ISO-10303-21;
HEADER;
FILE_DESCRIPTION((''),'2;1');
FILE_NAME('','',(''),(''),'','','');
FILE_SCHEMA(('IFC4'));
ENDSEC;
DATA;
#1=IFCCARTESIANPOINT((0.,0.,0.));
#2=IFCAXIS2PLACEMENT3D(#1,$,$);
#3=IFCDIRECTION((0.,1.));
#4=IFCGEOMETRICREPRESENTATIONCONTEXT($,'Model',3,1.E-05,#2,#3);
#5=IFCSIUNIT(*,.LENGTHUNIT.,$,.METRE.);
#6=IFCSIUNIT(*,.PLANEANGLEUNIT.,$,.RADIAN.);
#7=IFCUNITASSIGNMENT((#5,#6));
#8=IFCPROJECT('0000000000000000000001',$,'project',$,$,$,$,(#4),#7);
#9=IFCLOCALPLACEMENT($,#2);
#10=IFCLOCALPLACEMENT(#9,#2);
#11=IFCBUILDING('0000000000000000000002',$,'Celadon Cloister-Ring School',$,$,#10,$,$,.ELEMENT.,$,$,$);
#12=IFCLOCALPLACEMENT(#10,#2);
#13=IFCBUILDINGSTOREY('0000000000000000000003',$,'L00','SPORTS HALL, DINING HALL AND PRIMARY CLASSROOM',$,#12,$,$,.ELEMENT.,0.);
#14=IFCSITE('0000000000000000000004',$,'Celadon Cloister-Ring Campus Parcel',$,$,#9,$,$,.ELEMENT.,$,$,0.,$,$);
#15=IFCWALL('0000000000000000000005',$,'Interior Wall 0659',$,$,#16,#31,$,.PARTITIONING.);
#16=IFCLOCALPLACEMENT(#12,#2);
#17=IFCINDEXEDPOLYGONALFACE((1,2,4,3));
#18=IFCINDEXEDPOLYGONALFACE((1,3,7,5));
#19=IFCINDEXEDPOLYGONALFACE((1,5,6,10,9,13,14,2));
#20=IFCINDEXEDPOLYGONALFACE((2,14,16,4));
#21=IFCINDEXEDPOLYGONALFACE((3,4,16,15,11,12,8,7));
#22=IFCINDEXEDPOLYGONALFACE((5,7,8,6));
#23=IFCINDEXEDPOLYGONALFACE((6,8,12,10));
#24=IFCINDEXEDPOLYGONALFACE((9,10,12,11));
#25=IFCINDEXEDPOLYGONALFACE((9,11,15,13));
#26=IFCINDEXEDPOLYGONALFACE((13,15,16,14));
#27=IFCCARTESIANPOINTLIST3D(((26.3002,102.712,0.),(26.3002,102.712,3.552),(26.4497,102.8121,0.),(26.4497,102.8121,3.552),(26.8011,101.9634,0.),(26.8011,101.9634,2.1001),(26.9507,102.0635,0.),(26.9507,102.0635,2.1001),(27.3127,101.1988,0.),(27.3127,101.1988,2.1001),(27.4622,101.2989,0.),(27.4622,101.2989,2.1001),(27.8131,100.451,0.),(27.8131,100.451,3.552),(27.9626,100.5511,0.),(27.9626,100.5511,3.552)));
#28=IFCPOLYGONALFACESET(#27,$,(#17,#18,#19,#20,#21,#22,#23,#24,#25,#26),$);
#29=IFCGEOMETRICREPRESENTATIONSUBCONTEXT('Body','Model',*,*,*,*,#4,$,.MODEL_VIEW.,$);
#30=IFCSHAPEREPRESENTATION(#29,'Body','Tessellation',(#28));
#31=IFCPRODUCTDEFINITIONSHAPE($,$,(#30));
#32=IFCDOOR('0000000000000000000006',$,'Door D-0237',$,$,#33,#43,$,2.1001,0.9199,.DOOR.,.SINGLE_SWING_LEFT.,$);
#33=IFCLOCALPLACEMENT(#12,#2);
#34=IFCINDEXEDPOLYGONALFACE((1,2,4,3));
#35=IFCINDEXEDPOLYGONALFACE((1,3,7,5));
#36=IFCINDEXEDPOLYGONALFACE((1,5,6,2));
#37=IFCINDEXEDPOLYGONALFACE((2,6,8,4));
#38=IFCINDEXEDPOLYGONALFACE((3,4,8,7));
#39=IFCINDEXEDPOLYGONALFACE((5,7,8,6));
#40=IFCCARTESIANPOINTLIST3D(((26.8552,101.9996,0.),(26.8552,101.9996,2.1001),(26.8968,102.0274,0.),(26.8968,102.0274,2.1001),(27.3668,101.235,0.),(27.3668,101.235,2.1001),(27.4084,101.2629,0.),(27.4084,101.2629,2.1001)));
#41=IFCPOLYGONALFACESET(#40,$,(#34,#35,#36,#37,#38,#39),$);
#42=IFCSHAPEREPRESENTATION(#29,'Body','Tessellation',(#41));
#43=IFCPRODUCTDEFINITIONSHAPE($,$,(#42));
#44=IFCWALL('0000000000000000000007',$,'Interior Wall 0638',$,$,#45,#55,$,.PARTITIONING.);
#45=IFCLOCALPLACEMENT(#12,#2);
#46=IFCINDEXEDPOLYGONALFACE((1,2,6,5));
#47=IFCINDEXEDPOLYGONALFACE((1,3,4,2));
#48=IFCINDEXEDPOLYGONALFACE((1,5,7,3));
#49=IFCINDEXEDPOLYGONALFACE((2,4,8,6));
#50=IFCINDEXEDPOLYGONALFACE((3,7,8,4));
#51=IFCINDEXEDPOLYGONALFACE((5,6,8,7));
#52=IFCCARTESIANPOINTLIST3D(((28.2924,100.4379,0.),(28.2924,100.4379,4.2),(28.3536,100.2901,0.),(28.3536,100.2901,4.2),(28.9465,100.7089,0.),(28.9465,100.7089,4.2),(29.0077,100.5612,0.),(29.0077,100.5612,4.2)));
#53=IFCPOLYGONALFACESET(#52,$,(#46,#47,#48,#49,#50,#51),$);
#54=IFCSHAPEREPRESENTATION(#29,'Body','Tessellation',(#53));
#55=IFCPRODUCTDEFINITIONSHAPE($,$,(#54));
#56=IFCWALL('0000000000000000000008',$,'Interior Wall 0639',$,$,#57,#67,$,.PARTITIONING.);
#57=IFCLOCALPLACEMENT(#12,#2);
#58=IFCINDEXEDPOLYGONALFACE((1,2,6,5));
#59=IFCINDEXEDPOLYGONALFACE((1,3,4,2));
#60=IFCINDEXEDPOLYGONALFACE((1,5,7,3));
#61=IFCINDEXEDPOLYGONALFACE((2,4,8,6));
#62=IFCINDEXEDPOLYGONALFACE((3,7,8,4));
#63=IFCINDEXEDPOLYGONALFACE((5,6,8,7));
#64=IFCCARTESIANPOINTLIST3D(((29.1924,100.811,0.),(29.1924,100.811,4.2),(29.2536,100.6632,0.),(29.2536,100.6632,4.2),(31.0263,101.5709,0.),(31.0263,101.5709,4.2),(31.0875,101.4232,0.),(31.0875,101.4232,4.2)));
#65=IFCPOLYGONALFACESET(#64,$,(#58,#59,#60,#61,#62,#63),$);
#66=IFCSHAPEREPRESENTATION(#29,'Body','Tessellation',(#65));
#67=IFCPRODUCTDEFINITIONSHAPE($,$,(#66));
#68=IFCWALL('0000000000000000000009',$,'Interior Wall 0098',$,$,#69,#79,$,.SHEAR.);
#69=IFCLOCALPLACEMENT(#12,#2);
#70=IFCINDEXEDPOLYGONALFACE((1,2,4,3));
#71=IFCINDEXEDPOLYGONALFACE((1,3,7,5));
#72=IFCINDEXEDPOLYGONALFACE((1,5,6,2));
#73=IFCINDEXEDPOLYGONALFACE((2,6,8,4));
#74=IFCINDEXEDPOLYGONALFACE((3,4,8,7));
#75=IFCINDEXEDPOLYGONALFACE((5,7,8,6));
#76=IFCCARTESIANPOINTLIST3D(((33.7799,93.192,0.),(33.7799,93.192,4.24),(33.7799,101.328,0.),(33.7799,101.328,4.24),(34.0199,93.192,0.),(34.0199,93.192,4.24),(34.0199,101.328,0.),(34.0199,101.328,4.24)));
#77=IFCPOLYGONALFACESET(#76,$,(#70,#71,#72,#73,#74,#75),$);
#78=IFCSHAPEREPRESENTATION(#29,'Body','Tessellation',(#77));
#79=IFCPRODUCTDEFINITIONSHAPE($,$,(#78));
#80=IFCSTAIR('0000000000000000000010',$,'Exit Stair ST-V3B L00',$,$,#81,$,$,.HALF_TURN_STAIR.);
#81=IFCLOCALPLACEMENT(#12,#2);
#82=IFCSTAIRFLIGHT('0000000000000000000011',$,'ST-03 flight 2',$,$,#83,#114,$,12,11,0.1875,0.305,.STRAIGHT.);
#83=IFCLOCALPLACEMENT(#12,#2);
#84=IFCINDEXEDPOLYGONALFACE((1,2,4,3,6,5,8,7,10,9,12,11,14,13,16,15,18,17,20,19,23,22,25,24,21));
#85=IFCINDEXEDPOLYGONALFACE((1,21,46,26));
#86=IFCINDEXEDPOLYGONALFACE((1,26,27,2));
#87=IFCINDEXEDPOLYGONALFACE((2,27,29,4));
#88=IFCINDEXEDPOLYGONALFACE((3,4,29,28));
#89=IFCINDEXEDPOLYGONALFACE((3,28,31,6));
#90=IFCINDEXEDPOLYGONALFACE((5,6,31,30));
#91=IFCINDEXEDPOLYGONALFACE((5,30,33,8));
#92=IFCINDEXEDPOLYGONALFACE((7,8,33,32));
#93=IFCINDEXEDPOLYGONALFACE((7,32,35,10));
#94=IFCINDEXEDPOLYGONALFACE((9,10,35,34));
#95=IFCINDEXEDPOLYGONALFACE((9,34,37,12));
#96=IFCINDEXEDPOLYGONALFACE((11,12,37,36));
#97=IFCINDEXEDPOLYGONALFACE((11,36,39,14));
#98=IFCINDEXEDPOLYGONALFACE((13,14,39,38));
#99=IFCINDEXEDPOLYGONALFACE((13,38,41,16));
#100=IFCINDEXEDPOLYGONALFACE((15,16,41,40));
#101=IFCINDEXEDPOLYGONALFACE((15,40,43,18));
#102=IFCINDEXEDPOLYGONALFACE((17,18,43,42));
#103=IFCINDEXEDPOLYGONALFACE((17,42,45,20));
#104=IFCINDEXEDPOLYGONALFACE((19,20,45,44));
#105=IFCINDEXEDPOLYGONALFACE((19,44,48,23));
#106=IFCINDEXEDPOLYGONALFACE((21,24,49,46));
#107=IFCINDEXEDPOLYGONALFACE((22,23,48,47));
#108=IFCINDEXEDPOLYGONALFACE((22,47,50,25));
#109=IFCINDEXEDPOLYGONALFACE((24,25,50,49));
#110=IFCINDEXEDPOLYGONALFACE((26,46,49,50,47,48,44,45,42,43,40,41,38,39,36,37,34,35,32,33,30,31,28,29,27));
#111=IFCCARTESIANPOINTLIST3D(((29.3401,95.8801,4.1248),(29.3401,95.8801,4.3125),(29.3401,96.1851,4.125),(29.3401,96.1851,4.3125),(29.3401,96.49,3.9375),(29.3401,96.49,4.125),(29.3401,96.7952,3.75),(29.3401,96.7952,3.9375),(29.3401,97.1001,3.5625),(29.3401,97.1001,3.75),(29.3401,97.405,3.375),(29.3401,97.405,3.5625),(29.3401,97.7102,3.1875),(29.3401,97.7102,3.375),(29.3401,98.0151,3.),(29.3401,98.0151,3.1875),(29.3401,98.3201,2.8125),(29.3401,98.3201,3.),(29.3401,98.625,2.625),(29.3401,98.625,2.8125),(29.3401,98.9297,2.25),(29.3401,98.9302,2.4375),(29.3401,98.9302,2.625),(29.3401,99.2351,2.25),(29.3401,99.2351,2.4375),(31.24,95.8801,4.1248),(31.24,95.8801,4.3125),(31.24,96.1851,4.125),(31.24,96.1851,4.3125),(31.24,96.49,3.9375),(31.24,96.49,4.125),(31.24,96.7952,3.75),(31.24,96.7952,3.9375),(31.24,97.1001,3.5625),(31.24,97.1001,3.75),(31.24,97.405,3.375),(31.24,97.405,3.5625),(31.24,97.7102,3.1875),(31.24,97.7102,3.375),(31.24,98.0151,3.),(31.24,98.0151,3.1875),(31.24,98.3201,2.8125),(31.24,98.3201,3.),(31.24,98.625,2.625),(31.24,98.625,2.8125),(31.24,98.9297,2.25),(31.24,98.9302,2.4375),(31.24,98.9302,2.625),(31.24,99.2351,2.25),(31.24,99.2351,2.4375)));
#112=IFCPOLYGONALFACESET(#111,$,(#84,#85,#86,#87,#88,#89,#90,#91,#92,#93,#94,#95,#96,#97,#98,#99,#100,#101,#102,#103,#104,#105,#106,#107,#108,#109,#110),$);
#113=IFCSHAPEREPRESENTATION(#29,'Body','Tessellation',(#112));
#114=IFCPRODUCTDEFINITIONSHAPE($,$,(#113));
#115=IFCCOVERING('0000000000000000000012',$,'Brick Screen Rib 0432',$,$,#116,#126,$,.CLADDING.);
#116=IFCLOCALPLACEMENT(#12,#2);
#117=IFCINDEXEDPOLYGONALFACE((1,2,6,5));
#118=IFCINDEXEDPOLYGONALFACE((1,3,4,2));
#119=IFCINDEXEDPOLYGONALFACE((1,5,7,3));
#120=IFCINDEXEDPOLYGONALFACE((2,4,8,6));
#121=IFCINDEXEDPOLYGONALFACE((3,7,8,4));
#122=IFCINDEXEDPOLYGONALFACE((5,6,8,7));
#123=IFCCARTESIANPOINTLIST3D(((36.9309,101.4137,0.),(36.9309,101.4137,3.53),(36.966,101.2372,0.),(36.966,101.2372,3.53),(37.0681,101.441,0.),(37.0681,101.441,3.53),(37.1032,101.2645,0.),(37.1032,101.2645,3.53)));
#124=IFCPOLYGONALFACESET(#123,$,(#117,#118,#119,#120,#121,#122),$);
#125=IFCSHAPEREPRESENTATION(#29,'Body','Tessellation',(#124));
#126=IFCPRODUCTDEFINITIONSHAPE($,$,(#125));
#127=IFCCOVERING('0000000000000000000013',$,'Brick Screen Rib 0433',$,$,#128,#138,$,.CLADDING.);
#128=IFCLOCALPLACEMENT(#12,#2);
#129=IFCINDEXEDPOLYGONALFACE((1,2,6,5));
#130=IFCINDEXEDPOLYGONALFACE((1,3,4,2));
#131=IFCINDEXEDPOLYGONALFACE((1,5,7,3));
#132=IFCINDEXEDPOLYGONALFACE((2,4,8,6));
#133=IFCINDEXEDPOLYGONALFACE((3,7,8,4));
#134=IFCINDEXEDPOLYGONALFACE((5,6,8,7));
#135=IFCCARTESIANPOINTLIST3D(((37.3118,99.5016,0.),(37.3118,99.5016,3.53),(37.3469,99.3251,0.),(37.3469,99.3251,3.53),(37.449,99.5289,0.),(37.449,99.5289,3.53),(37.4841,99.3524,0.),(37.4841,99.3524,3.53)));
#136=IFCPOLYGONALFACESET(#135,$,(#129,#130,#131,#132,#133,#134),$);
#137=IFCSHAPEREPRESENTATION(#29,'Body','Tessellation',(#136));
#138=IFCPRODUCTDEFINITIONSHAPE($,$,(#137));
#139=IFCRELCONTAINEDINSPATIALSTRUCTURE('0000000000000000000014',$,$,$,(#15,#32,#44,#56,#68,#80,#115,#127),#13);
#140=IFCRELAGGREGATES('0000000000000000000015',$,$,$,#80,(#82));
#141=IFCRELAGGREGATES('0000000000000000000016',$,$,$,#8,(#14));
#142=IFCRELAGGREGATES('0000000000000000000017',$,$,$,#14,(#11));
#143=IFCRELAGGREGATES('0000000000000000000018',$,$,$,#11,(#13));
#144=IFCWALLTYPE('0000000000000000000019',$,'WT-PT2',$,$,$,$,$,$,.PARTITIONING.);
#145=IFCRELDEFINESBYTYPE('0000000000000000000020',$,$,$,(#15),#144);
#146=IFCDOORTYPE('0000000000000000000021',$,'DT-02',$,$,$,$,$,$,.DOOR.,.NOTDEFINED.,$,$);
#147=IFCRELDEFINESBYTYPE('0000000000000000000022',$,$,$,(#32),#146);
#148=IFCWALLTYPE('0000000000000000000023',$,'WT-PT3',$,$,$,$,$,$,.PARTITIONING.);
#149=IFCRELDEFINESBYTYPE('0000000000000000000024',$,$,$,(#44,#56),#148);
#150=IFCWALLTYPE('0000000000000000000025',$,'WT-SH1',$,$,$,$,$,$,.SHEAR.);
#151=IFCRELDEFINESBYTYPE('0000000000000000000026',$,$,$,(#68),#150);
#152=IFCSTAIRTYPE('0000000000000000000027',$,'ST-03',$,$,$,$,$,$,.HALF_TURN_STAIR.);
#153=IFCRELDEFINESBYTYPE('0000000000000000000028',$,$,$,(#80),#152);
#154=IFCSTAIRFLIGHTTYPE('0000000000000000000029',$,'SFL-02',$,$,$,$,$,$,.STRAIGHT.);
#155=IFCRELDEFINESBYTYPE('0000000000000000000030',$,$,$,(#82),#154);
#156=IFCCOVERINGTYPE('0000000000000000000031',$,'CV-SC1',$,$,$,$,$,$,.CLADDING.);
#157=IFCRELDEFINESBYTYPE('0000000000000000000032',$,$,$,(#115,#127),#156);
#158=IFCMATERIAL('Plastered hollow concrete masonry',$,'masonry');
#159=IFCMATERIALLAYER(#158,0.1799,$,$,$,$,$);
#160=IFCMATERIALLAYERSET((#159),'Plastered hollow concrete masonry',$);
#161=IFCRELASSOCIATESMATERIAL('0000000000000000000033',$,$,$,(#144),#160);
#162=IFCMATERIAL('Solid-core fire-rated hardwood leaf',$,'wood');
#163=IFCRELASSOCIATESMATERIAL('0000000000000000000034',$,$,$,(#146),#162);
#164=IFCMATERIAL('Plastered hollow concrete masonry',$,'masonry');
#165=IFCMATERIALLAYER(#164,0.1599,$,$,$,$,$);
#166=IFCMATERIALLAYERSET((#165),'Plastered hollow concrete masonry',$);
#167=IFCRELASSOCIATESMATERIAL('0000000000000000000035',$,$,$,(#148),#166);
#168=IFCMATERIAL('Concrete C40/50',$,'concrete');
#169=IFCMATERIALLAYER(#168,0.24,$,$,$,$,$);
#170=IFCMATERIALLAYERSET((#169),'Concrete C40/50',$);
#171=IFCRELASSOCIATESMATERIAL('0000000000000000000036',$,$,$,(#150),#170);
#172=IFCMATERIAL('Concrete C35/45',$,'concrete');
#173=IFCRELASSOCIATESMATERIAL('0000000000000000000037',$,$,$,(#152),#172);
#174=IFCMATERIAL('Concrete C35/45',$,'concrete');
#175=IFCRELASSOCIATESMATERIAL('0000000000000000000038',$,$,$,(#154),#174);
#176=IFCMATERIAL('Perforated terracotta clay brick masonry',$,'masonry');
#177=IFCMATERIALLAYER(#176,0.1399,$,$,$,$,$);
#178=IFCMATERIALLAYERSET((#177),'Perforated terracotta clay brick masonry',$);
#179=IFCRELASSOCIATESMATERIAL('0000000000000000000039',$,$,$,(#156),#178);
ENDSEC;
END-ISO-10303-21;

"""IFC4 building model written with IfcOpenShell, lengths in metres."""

from ifc_helpers import new_model, si_unit, direction, frame, frame_2d, origin, origin_2d, place, context, subcontext, project, spatial, polyline, rectangle, outline, extrude, material, layer, layer_set, type_object, element, fill, aggregate, save


model = new_model("IFC4")

# Units and contexts
model_context = context("Model", 3, precision=1e-05, world=origin(), true_north=direction((0.0, 1.0)))
body_context = subcontext(model_context, "Body", "Model", "MODEL_VIEW")
ifc_project = project(units=[si_unit("LENGTHUNIT", "METRE"), si_unit("PLANEANGLEUNIT", "RADIAN")], contexts=[model_context])

# Site, building, storey
site_placement = place(None, origin())
site = spatial("IfcSite", under=ifc_project, at=site_placement, Name="Celadon Cloister-Ring Campus Parcel", CompositionType="ELEMENT", RefElevation=0.0)
building_placement = place(site_placement, origin())
building = spatial("IfcBuilding", under=site, at=building_placement, Name="Celadon Cloister-Ring School", CompositionType="ELEMENT")
storey_placement = place(building_placement, origin())
storey = spatial("IfcBuildingStorey", under=building, at=storey_placement, Name="L00", Description="SPORTS HALL, DINING HALL AND PRIMARY CLASSROOM", CompositionType="ELEMENT", Elevation=0.0)

# Wall, opening, door
ifc_material_1 = material(Name="Plastered hollow concrete masonry", Category="masonry")
ifc_layer_1 = layer(ifc_material_1, 0.1799)
ifc_layer_set_1 = layer_set([ifc_layer_1], Name="Plastered hollow concrete masonry")
wall_type_1 = type_object("IfcWallType", Name="WT-PT2", PredefinedType="PARTITIONING", material=ifc_layer_set_1)
wall_1_placement = place(storey_placement, frame((27.8879, 100.501, 0.0), z_axis=(0.0, 0.0, 1.0), x_axis=(-0.556128, 0.831096, 0.0)))
wall_1 = element("IfcWall", 1, at=wall_1_placement, inside=storey, type_object=wall_type_1, Name="Interior Wall 0659", PredefinedType="PARTITIONING", context=body_context, shape_type="SweptSolid", body=[
    extrude(rectangle(XDim=2.7205, YDim=0.1799, at=frame_2d((1.3604, 0.0))), origin(), (0.0, 0.0, 1.0), 3.552),
])
opening_placement = place(wall_1_placement, frame((0.8999, 0.0, 0.0)))
opening = element("IfcOpeningElement", 2, at=opening_placement, cuts=wall_1, PredefinedType="OPENING", context=body_context, shape_type="SweptSolid", body=[
    extrude(rectangle(XDim=0.9199, YDim=2.1001, at=frame_2d((0.46, 1.05))), frame((0.0, 0.1001, 0.0), z_axis=(0.0, -1.0, 0.0), x_axis=(1.0, 0.0, 0.0)), (0.0, 0.0, 1.0), 0.2),
])
ifc_material_2 = material(Name="Solid-core fire-rated hardwood leaf", Category="wood")
door_type = type_object("IfcDoorType", Name="DT-02", OperationType="NOTDEFINED", PredefinedType="DOOR", material=ifc_material_2)
door_placement = place(opening_placement, origin())
door = element("IfcDoor", 3, at=door_placement, inside=storey, type_object=door_type, Name="Door D-0237", OperationType="SINGLE_SWING_LEFT", OverallHeight=2.1001, OverallWidth=0.9199, PredefinedType="DOOR", context=body_context, shape_type="SweptSolid", body=[
    extrude(rectangle(XDim=0.9199, YDim=2.1001, at=frame_2d((0.46, 1.05))), frame((0.0, 0.0249, 0.0), z_axis=(0.0, -1.0, 0.0), x_axis=(1.0, 0.0, 0.0)), (0.0, 0.0, 1.0), 0.05),
])
fill(opening, door)

# Walls
ifc_material_3 = material(Name="Plastered hollow concrete masonry", Category="masonry")
ifc_layer_2 = layer(ifc_material_3, 0.1599)
ifc_layer_set_2 = layer_set([ifc_layer_2], Name="Plastered hollow concrete masonry")
wall_type_2 = type_object("IfcWallType", Name="WT-PT3", PredefinedType="PARTITIONING", material=ifc_layer_set_2)
wall_2_placement = place(storey_placement, frame((28.323, 100.364, 0.0), z_axis=(0.0, 0.0, 1.0), x_axis=(0.92384, 0.382778, 0.0)))
element("IfcWall", 4, at=wall_2_placement, inside=storey, type_object=wall_type_2, Name="Interior Wall 0638", PredefinedType="PARTITIONING", context=body_context, shape_type="SweptSolid", body=[
    extrude(rectangle(XDim=0.708, YDim=0.1599, at=frame_2d((0.354, 0.0))), origin(), (0.0, 0.0, 1.0), 4.2),
])
wall_3_placement = place(storey_placement, frame((29.2229, 100.7371, 0.0), z_axis=(0.0, 0.0, 1.0), x_axis=(0.923817, 0.382833, 0.0)))
element("IfcWall", 5, at=wall_3_placement, inside=storey, type_object=wall_type_2, Name="Interior Wall 0639", PredefinedType="PARTITIONING", context=body_context, shape_type="SweptSolid", body=[
    extrude(rectangle(XDim=1.9851, YDim=0.1599, at=frame_2d((0.9927, 0.0))), origin(), (0.0, 0.0, 1.0), 4.2),
])
ifc_material_4 = material(Name="Concrete C40/50", Category="concrete")
ifc_layer_3 = layer(ifc_material_4, 0.24)
ifc_layer_set_3 = layer_set([ifc_layer_3], Name="Concrete C40/50")
wall_type_3 = type_object("IfcWallType", Name="WT-SH1", PredefinedType="SHEAR", material=ifc_layer_set_3)
wall_4_placement = place(storey_placement, frame((33.8999, 101.3279, 0.0), z_axis=(0.0, 0.0, 1.0), x_axis=(0.0, -1.0, 0.0)))
element("IfcWall", 6, at=wall_4_placement, inside=storey, type_object=wall_type_3, Name="Interior Wall 0098", PredefinedType="SHEAR", context=body_context, shape_type="SweptSolid", body=[
    extrude(rectangle(XDim=8.136, YDim=0.24, at=frame_2d((4.0679, 0.0))), origin(), (0.0, 0.0, 1.0), 4.24),
])

# Stair, stair flight
ifc_material_5 = material(Name="Concrete C35/45", Category="concrete")
stair_type = type_object("IfcStairType", Name="ST-03", PredefinedType="HALF_TURN_STAIR", material=ifc_material_5)
stair_placement = place(storey_placement, origin())
stair = element("IfcStair", 7, at=stair_placement, inside=storey, type_object=stair_type, Name="Exit Stair ST-V3B L00", PredefinedType="HALF_TURN_STAIR")
ifc_material_6 = material(Name="Concrete C35/45", Category="concrete")
stair_flight_type = type_object("IfcStairFlightType", Name="SFL-02", PredefinedType="STRAIGHT", material=ifc_material_6)
stair_flight_placement = place(storey_placement, frame((30.29, 99.2351, 2.25), z_axis=(0.0, 0.0, 1.0), x_axis=(0.0, -1.0, 0.0)))
stair_flight = element("IfcStairFlight", 8, at=stair_flight_placement, type_object=stair_flight_type, Name="ST-03 flight 2", NumberOfRisers=12, NumberOfTreads=11, PredefinedType="STRAIGHT", RiserHeight=0.1875, TreadLength=0.305, context=body_context, shape_type="SweptSolid", body=[
    extrude(outline(polyline([(0.0, 0.0), (0.0, 0.1875), (0.3049, 0.1875), (0.3049, 0.375), (0.6101, 0.375), (0.6101, 0.5625), (0.915, 0.5625), (0.915, 0.75), (1.22, 0.75), (1.22, 0.9375), (1.5249, 0.9375), (1.5249, 1.125), (1.8301, 1.125), (1.8301, 1.3125), (2.135, 1.3125), (2.135, 1.5), (2.4399, 1.5), (2.4399, 1.6875), (2.7451, 1.6875), (2.7451, 1.875), (3.05, 1.875), (3.05, 2.0625), (3.355, 2.0625), (3.355, 2.25), (3.355, 1.8748), (0.3054, 0.0), (0.0, 0.0)])), frame((0.0, 0.95, 0.0), z_axis=(0.0, -1.0, 0.0), x_axis=(1.0, 0.0, 0.0)), (0.0, 0.0, 1.0), 1.8999),
])
aggregate(stair, [stair_flight])

# Coverings
ifc_material_7 = material(Name="Perforated terracotta clay brick masonry", Category="masonry")
ifc_layer_4 = layer(ifc_material_7, 0.1399)
ifc_layer_set_4 = layer_set([ifc_layer_4], Name="Perforated terracotta clay brick masonry")
covering_type = type_object("IfcCoveringType", Name="CV-SC1", PredefinedType="CLADDING", material=ifc_layer_set_4)
for number, where, z_axis, x_axis, name in (
    (9, (37.0171, 101.3391, 0.0), (0.0, 0.0, 1.0), (0.195142, -0.980775, 0.0), "Brick Screen Rib 0432"),
    (10, (37.3979, 99.427, 0.0), (0.0, 0.0, 1.0), (0.195142, -0.980775, 0.0), "Brick Screen Rib 0433"),
):
    element("IfcCovering", number, at=place(storey_placement, frame(where, z_axis=z_axis, x_axis=x_axis)), inside=storey, type_object=covering_type, Name=name, PredefinedType="CLADDING", context=body_context, shape_type="SweptSolid", body=[
        extrude(rectangle(XDim=0.1799, YDim=0.1399, at=origin_2d()), origin(), (0.0, 0.0, 1.0), 3.53),
    ])

save(model, "model.ifc")
